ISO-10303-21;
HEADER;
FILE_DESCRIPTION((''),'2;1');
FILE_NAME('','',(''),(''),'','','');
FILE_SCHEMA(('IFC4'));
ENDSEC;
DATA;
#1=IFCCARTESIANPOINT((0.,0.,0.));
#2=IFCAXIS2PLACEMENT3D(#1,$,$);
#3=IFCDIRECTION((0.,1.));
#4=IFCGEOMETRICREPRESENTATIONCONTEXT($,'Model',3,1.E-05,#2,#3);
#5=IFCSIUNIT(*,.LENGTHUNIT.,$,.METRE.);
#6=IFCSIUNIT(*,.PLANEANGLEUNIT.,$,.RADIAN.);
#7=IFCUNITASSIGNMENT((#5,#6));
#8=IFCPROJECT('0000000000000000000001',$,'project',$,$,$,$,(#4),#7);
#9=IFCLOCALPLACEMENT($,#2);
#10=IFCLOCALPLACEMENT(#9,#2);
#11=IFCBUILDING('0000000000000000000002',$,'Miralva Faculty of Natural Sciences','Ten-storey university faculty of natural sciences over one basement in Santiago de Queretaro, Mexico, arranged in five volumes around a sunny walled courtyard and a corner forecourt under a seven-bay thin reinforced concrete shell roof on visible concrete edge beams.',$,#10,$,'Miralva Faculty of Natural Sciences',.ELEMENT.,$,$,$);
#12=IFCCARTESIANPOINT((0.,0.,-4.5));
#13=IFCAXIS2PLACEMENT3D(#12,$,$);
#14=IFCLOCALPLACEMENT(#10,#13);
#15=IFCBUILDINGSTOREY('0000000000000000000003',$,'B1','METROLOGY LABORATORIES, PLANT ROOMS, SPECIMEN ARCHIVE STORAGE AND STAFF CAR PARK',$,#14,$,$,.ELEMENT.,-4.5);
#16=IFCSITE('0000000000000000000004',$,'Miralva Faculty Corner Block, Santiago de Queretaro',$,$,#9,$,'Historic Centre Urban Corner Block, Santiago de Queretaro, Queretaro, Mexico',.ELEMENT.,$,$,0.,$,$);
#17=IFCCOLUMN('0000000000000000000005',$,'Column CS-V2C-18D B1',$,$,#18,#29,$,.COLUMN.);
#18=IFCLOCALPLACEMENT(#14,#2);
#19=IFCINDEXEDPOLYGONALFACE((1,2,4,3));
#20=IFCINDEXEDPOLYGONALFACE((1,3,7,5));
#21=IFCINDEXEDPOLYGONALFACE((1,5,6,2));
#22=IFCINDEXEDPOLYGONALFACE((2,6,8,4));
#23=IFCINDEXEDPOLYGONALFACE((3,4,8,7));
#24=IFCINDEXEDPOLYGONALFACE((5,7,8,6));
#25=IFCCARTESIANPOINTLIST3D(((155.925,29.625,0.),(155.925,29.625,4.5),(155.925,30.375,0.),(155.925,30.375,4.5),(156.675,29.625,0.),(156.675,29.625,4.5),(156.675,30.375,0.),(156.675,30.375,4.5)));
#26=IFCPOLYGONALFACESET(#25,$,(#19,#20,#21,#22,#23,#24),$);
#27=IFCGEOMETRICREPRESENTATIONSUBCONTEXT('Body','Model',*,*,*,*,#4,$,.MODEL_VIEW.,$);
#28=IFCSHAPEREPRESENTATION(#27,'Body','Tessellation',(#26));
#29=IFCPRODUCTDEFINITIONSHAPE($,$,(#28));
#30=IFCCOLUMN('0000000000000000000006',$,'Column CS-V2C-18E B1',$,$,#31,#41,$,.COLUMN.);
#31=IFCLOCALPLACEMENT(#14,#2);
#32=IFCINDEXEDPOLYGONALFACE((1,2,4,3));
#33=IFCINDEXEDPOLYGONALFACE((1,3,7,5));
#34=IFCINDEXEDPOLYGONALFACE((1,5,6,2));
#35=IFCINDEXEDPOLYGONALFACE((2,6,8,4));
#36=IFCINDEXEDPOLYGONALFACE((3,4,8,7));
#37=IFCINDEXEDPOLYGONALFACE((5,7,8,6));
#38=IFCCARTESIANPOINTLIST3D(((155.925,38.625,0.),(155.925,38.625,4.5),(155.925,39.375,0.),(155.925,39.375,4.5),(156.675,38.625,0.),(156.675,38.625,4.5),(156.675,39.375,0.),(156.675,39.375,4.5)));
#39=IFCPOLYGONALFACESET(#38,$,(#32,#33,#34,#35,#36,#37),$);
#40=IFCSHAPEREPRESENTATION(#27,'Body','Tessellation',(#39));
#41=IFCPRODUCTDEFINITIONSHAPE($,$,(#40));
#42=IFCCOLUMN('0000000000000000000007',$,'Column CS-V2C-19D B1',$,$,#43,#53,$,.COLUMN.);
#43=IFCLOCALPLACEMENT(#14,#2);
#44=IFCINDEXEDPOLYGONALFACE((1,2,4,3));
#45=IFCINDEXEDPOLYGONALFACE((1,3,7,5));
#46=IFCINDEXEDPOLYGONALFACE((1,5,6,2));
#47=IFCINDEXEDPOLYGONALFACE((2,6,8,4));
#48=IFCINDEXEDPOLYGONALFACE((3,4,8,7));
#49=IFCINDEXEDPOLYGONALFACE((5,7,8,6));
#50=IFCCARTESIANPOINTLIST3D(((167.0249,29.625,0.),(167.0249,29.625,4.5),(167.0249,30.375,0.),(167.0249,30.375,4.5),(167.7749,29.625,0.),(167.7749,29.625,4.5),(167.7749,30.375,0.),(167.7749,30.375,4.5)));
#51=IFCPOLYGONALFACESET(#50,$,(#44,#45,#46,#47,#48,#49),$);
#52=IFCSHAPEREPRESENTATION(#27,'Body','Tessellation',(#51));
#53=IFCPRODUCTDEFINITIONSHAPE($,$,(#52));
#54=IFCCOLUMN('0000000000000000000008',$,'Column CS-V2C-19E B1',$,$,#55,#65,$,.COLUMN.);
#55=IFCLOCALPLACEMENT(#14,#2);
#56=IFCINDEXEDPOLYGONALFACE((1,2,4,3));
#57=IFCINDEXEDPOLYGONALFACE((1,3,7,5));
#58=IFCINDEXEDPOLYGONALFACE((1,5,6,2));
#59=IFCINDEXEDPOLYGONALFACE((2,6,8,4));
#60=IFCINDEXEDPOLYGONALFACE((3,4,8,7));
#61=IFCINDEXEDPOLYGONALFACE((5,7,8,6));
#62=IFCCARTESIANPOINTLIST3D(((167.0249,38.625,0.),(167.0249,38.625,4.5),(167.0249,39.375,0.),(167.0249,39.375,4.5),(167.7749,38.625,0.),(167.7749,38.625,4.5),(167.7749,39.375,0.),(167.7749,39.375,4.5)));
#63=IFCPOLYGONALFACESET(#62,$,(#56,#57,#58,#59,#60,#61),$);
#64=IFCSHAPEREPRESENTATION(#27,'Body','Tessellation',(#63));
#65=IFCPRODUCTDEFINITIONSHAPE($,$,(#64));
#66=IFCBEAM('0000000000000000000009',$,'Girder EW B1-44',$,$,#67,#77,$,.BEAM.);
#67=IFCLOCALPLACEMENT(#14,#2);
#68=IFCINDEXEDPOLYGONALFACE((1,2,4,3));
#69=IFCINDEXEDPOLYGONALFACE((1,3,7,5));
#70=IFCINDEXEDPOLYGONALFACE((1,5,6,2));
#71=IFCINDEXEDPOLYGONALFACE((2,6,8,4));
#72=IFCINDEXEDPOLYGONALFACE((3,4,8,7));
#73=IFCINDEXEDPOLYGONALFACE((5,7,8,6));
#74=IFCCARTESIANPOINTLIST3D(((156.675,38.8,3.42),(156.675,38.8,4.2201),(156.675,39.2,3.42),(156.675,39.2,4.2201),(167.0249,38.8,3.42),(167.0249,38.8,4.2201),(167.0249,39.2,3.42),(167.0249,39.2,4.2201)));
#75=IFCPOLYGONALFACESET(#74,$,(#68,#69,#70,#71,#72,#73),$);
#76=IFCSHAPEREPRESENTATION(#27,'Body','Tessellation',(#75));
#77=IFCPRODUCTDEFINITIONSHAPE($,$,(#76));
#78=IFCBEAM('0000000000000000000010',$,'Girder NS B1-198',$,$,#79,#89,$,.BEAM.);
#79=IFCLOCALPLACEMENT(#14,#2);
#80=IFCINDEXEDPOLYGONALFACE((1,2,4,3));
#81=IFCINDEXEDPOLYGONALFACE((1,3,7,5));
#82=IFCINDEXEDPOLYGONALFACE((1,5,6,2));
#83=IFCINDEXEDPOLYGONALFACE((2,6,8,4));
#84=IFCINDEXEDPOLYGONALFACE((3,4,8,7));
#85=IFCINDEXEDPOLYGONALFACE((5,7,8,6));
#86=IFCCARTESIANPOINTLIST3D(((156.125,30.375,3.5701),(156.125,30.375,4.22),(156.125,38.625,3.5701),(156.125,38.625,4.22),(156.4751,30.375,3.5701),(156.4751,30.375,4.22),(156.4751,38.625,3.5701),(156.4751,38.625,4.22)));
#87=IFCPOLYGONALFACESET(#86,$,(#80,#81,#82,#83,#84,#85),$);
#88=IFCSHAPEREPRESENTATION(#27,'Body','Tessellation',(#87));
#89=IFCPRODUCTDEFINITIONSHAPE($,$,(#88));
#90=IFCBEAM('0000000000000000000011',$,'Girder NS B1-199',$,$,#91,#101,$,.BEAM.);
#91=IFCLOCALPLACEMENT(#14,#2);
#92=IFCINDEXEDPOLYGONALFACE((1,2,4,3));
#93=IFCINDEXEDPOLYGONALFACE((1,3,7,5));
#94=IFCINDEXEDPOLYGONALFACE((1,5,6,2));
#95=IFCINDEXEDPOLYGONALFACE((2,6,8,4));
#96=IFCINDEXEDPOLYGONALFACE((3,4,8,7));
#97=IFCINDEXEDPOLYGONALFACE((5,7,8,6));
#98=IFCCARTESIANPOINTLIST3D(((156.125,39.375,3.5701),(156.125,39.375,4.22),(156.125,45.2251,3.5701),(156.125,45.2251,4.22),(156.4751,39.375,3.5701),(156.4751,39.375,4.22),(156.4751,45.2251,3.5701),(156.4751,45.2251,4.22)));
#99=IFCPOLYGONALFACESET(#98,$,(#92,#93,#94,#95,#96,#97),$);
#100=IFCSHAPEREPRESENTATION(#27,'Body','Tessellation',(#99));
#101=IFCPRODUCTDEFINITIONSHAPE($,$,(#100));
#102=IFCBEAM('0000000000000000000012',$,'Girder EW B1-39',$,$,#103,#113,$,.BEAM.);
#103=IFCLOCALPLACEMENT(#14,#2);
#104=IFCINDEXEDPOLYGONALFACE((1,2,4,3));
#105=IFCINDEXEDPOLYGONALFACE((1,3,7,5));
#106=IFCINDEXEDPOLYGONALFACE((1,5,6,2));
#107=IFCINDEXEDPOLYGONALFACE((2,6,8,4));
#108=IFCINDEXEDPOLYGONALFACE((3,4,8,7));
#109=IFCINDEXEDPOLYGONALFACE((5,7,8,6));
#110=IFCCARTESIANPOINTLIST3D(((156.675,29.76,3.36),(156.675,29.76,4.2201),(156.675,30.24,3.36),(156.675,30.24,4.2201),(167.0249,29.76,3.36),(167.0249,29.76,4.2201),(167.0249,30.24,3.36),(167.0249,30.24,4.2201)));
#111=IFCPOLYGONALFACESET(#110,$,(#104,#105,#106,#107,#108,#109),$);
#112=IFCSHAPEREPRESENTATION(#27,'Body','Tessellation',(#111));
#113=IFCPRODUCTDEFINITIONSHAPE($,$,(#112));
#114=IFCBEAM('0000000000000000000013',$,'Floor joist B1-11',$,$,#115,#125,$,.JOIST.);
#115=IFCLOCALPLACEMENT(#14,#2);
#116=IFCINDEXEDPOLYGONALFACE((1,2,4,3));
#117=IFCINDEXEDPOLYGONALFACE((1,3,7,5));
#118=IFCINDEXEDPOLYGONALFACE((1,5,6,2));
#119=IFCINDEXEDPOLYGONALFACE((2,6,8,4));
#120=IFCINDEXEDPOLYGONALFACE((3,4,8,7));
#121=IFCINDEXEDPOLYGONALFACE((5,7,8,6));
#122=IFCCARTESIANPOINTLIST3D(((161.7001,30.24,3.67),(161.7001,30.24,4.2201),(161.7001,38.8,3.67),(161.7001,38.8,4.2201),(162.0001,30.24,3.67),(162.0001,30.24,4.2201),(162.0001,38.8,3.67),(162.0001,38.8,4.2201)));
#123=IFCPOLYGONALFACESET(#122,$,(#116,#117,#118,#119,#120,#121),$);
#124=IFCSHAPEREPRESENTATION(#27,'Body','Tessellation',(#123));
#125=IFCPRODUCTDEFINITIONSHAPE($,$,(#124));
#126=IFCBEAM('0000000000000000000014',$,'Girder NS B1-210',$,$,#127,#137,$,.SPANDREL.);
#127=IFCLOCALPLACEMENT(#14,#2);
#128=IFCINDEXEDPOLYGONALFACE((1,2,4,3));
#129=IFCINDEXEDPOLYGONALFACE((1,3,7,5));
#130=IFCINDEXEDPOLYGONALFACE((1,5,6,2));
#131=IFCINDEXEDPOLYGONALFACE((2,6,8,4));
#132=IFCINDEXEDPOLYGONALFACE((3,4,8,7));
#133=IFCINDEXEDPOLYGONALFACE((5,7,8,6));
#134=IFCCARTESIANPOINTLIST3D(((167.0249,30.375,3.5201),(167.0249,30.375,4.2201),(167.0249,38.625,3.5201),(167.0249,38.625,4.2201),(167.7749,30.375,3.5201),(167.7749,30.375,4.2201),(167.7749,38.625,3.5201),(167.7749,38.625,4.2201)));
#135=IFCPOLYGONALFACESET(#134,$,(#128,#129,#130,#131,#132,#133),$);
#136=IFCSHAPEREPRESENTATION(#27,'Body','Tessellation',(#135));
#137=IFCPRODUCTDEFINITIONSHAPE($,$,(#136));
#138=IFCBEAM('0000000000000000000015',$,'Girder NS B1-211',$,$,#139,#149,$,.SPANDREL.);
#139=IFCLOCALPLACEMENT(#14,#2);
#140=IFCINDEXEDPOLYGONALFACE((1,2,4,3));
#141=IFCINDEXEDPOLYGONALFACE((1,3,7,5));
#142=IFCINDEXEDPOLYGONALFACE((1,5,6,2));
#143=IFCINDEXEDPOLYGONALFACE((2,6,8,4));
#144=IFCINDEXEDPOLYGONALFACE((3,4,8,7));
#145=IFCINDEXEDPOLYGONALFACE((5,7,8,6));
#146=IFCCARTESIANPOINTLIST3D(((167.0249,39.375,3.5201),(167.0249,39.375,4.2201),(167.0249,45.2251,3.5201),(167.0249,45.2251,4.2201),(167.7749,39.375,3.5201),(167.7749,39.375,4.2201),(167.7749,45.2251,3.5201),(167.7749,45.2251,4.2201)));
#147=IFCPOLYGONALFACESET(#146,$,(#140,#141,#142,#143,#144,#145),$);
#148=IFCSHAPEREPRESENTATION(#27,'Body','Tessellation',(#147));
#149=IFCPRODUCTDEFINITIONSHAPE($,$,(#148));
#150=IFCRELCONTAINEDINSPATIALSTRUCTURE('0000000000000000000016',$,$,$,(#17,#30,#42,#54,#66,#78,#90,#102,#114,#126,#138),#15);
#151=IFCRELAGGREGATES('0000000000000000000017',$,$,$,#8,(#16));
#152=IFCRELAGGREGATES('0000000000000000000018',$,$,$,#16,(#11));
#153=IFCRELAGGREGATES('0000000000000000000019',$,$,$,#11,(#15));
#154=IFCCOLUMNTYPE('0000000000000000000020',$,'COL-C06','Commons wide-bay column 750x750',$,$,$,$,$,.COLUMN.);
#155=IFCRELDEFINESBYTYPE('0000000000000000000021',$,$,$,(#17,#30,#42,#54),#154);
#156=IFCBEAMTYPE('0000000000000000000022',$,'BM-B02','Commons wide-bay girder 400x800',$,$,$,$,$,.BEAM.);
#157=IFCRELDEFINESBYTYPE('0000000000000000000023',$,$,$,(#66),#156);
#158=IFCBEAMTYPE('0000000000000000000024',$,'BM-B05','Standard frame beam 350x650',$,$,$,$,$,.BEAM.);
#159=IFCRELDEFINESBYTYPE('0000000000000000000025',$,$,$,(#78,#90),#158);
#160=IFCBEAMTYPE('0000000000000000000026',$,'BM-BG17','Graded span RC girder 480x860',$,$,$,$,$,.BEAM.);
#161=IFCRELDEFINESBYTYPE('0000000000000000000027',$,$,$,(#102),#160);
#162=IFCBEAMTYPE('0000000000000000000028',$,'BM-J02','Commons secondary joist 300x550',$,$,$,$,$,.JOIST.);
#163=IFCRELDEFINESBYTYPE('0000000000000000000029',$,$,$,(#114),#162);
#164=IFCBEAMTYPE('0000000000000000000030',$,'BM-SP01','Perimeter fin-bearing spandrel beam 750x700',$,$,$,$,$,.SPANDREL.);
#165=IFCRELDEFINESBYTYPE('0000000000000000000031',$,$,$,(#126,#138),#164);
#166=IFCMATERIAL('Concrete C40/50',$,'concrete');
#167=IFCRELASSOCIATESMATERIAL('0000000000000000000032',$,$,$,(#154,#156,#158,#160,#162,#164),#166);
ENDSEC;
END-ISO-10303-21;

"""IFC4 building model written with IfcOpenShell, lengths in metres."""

from ifc_helpers import new_model, si_unit, direction, frame, origin, origin_2d, place, context, subcontext, project, spatial, rectangle, extrude, material, material_profile, profile_set, type_object, element, save


model = new_model("IFC4")

# Units and contexts
model_context = context("Model", 3, precision=1e-05, world=origin(), true_north=direction((0.0, 1.0)))
body_context = subcontext(model_context, "Body", "Model", "MODEL_VIEW")
ifc_project = project(units=[si_unit("LENGTHUNIT", "METRE"), si_unit("PLANEANGLEUNIT", "RADIAN")], contexts=[model_context])

# Site, building, storey
site_placement = place(None, origin())
site = spatial("IfcSite", under=ifc_project, at=site_placement, Name="Miralva Faculty Corner Block, Santiago de Queretaro", LongName="Historic Centre Urban Corner Block, Santiago de Queretaro, Queretaro, Mexico", CompositionType="ELEMENT", RefElevation=0.0)
building_placement = place(site_placement, origin())
building = spatial("IfcBuilding", under=site, at=building_placement, Name="Miralva Faculty of Natural Sciences", Description="Ten-storey university faculty of natural sciences over one basement in Santiago de Queretaro, Mexico, arranged in five volumes around a sunny walled courtyard and a corner forecourt under a seven-bay thin reinforced concrete shell roof on visible concrete edge beams.", LongName="Miralva Faculty of Natural Sciences", CompositionType="ELEMENT")
storey_placement = place(building_placement, frame((0.0, 0.0, -4.5)))
storey = spatial("IfcBuildingStorey", under=building, at=storey_placement, Name="B1", Description="METROLOGY LABORATORIES, PLANT ROOMS, SPECIMEN ARCHIVE STORAGE AND STAFF CAR PARK", CompositionType="ELEMENT", Elevation=-4.5)

# Columns
ifc_material_1 = material(Name="Concrete C40/50", Category="concrete")
ifc_material_profile_1 = material_profile(ifc_material_1, rectangle(XDim=0.75, YDim=0.75, at=origin_2d()), Name="RC 750x750")
ifc_profile_set_1 = profile_set([ifc_material_profile_1], Name="Concrete C40/50")
column_type = type_object("IfcColumnType", Name="COL-C06", Description="Commons wide-bay column 750x750", PredefinedType="COLUMN", material=ifc_profile_set_1)
for number, where, z_axis, x_axis, name in (
    (1, (156.3, 30.0, 0.0), (0.0, 0.0, 1.0), (1.0, 0.0, 0.0), "Column CS-V2C-18D B1"),
    (2, (156.3, 39.0, 0.0), (0.0, 0.0, 1.0), (1.0, 0.0, 0.0), "Column CS-V2C-18E B1"),
    (3, (167.3999, 30.0, 0.0), (0.0, 0.0, 1.0), (1.0, 0.0, 0.0), "Column CS-V2C-19D B1"),
    (4, (167.3999, 39.0, 0.0), (0.0, 0.0, 1.0), (1.0, 0.0, 0.0), "Column CS-V2C-19E B1"),
):
    element("IfcColumn", number, at=place(storey_placement, frame(where, z_axis=z_axis, x_axis=x_axis)), inside=storey, type_object=column_type, Name=name, PredefinedType="COLUMN", context=body_context, shape_type="SweptSolid", body=[
        extrude(rectangle(XDim=0.75, YDim=0.75, at=origin_2d()), origin(), (0.0, 0.0, 1.0), 4.5),
    ])

# Beams
ifc_material_profile_2 = material_profile(ifc_material_1, rectangle(XDim=0.3999, YDim=0.8, at=origin_2d()), Name="RC 400x800")
ifc_profile_set_2 = profile_set([ifc_material_profile_2], Name="Concrete C40/50")
beam_type_1 = type_object("IfcBeamType", Name="BM-B02", Description="Commons wide-bay girder 400x800", PredefinedType="BEAM", material=ifc_profile_set_2)
beam_1_placement = place(storey_placement, frame((156.675, 39.0, 3.8201), z_axis=(1.0, 0.0, 0.0), x_axis=(0.0, 1.0, 0.0)))
element("IfcBeam", 5, at=beam_1_placement, inside=storey, type_object=beam_type_1, Name="Girder EW B1-44", PredefinedType="BEAM", context=body_context, shape_type="SweptSolid", body=[
    extrude(rectangle(XDim=0.3999, YDim=0.8, at=origin_2d()), origin(), (0.0, 0.0, 1.0), 10.3499),
])
ifc_material_profile_3 = material_profile(ifc_material_1, rectangle(XDim=0.3501, YDim=0.6499, at=origin_2d()), Name="RC 350x650")
ifc_profile_set_3 = profile_set([ifc_material_profile_3], Name="Concrete C40/50")
beam_type_2 = type_object("IfcBeamType", Name="BM-B05", Description="Standard frame beam 350x650", PredefinedType="BEAM", material=ifc_profile_set_3)
beam_2_placement = place(storey_placement, frame((156.3, 30.375, 3.895), z_axis=(0.0, 1.0, 0.0), x_axis=(-1.0, 0.0, 0.0)))
element("IfcBeam", 6, at=beam_2_placement, inside=storey, type_object=beam_type_2, Name="Girder NS B1-198", PredefinedType="BEAM", context=body_context, shape_type="SweptSolid", body=[
    extrude(rectangle(XDim=0.3501, YDim=0.6499, at=origin_2d()), origin(), (0.0, 0.0, 1.0), 8.25),
])
beam_3_placement = place(storey_placement, frame((156.3, 39.375, 3.895), z_axis=(0.0, 1.0, 0.0), x_axis=(-1.0, 0.0, 0.0)))
element("IfcBeam", 7, at=beam_3_placement, inside=storey, type_object=beam_type_2, Name="Girder NS B1-199", PredefinedType="BEAM", context=body_context, shape_type="SweptSolid", body=[
    extrude(rectangle(XDim=0.3501, YDim=0.6499, at=origin_2d()), origin(), (0.0, 0.0, 1.0), 5.8501),
])
ifc_material_profile_4 = material_profile(ifc_material_1, rectangle(XDim=0.48, YDim=0.8601, at=origin_2d()), Name="RC 480x860")
ifc_profile_set_4 = profile_set([ifc_material_profile_4], Name="Concrete C40/50")
beam_type_3 = type_object("IfcBeamType", Name="BM-BG17", Description="Graded span RC girder 480x860", PredefinedType="BEAM", material=ifc_profile_set_4)
beam_4_placement = place(storey_placement, frame((156.675, 30.0, 3.79), z_axis=(1.0, 0.0, 0.0), x_axis=(0.0, 1.0, 0.0)))
element("IfcBeam", 8, at=beam_4_placement, inside=storey, type_object=beam_type_3, Name="Girder EW B1-39", PredefinedType="BEAM", context=body_context, shape_type="SweptSolid", body=[
    extrude(rectangle(XDim=0.48, YDim=0.8601, at=origin_2d()), origin(), (0.0, 0.0, 1.0), 10.3499),
])
ifc_material_profile_5 = material_profile(ifc_material_1, rectangle(XDim=0.3, YDim=0.55, at=origin_2d()), Name="RC 300x550")
ifc_profile_set_5 = profile_set([ifc_material_profile_5], Name="Concrete C40/50")
beam_type_4 = type_object("IfcBeamType", Name="BM-J02", Description="Commons secondary joist 300x550", PredefinedType="JOIST", material=ifc_profile_set_5)
beam_5_placement = place(storey_placement, frame((161.8501, 30.24, 3.9451), z_axis=(0.0, 1.0, 0.0), x_axis=(-1.0, 0.0, 0.0)))
element("IfcBeam", 9, at=beam_5_placement, inside=storey, type_object=beam_type_4, Name="Floor joist B1-11", PredefinedType="JOIST", context=body_context, shape_type="SweptSolid", body=[
    extrude(rectangle(XDim=0.3, YDim=0.55, at=origin_2d()), origin(), (0.0, 0.0, 1.0), 8.5601),
])
ifc_material_profile_6 = material_profile(ifc_material_1, rectangle(XDim=0.75, YDim=0.7, at=origin_2d()), Name="RC 750x700")
ifc_profile_set_6 = profile_set([ifc_material_profile_6], Name="Concrete C40/50")
beam_type_5 = type_object("IfcBeamType", Name="BM-SP01", Description="Perimeter fin-bearing spandrel beam 750x700", PredefinedType="SPANDREL", material=ifc_profile_set_6)
beam_6_placement = place(storey_placement, frame((167.3999, 30.375, 3.8701), z_axis=(0.0, 1.0, 0.0), x_axis=(-1.0, 0.0, 0.0)))
element("IfcBeam", 10, at=beam_6_placement, inside=storey, type_object=beam_type_5, Name="Girder NS B1-210", PredefinedType="SPANDREL", context=body_context, shape_type="SweptSolid", body=[
    extrude(rectangle(XDim=0.75, YDim=0.7, at=origin_2d()), origin(), (0.0, 0.0, 1.0), 8.25),
])
beam_7_placement = place(storey_placement, frame((167.3999, 39.375, 3.8701), z_axis=(0.0, 1.0, 0.0), x_axis=(-1.0, 0.0, 0.0)))
element("IfcBeam", 11, at=beam_7_placement, inside=storey, type_object=beam_type_5, Name="Girder NS B1-211", PredefinedType="SPANDREL", context=body_context, shape_type="SweptSolid", body=[
    extrude(rectangle(XDim=0.75, YDim=0.7, at=origin_2d()), origin(), (0.0, 0.0, 1.0), 5.8501),
])

save(model, "model.ifc")
